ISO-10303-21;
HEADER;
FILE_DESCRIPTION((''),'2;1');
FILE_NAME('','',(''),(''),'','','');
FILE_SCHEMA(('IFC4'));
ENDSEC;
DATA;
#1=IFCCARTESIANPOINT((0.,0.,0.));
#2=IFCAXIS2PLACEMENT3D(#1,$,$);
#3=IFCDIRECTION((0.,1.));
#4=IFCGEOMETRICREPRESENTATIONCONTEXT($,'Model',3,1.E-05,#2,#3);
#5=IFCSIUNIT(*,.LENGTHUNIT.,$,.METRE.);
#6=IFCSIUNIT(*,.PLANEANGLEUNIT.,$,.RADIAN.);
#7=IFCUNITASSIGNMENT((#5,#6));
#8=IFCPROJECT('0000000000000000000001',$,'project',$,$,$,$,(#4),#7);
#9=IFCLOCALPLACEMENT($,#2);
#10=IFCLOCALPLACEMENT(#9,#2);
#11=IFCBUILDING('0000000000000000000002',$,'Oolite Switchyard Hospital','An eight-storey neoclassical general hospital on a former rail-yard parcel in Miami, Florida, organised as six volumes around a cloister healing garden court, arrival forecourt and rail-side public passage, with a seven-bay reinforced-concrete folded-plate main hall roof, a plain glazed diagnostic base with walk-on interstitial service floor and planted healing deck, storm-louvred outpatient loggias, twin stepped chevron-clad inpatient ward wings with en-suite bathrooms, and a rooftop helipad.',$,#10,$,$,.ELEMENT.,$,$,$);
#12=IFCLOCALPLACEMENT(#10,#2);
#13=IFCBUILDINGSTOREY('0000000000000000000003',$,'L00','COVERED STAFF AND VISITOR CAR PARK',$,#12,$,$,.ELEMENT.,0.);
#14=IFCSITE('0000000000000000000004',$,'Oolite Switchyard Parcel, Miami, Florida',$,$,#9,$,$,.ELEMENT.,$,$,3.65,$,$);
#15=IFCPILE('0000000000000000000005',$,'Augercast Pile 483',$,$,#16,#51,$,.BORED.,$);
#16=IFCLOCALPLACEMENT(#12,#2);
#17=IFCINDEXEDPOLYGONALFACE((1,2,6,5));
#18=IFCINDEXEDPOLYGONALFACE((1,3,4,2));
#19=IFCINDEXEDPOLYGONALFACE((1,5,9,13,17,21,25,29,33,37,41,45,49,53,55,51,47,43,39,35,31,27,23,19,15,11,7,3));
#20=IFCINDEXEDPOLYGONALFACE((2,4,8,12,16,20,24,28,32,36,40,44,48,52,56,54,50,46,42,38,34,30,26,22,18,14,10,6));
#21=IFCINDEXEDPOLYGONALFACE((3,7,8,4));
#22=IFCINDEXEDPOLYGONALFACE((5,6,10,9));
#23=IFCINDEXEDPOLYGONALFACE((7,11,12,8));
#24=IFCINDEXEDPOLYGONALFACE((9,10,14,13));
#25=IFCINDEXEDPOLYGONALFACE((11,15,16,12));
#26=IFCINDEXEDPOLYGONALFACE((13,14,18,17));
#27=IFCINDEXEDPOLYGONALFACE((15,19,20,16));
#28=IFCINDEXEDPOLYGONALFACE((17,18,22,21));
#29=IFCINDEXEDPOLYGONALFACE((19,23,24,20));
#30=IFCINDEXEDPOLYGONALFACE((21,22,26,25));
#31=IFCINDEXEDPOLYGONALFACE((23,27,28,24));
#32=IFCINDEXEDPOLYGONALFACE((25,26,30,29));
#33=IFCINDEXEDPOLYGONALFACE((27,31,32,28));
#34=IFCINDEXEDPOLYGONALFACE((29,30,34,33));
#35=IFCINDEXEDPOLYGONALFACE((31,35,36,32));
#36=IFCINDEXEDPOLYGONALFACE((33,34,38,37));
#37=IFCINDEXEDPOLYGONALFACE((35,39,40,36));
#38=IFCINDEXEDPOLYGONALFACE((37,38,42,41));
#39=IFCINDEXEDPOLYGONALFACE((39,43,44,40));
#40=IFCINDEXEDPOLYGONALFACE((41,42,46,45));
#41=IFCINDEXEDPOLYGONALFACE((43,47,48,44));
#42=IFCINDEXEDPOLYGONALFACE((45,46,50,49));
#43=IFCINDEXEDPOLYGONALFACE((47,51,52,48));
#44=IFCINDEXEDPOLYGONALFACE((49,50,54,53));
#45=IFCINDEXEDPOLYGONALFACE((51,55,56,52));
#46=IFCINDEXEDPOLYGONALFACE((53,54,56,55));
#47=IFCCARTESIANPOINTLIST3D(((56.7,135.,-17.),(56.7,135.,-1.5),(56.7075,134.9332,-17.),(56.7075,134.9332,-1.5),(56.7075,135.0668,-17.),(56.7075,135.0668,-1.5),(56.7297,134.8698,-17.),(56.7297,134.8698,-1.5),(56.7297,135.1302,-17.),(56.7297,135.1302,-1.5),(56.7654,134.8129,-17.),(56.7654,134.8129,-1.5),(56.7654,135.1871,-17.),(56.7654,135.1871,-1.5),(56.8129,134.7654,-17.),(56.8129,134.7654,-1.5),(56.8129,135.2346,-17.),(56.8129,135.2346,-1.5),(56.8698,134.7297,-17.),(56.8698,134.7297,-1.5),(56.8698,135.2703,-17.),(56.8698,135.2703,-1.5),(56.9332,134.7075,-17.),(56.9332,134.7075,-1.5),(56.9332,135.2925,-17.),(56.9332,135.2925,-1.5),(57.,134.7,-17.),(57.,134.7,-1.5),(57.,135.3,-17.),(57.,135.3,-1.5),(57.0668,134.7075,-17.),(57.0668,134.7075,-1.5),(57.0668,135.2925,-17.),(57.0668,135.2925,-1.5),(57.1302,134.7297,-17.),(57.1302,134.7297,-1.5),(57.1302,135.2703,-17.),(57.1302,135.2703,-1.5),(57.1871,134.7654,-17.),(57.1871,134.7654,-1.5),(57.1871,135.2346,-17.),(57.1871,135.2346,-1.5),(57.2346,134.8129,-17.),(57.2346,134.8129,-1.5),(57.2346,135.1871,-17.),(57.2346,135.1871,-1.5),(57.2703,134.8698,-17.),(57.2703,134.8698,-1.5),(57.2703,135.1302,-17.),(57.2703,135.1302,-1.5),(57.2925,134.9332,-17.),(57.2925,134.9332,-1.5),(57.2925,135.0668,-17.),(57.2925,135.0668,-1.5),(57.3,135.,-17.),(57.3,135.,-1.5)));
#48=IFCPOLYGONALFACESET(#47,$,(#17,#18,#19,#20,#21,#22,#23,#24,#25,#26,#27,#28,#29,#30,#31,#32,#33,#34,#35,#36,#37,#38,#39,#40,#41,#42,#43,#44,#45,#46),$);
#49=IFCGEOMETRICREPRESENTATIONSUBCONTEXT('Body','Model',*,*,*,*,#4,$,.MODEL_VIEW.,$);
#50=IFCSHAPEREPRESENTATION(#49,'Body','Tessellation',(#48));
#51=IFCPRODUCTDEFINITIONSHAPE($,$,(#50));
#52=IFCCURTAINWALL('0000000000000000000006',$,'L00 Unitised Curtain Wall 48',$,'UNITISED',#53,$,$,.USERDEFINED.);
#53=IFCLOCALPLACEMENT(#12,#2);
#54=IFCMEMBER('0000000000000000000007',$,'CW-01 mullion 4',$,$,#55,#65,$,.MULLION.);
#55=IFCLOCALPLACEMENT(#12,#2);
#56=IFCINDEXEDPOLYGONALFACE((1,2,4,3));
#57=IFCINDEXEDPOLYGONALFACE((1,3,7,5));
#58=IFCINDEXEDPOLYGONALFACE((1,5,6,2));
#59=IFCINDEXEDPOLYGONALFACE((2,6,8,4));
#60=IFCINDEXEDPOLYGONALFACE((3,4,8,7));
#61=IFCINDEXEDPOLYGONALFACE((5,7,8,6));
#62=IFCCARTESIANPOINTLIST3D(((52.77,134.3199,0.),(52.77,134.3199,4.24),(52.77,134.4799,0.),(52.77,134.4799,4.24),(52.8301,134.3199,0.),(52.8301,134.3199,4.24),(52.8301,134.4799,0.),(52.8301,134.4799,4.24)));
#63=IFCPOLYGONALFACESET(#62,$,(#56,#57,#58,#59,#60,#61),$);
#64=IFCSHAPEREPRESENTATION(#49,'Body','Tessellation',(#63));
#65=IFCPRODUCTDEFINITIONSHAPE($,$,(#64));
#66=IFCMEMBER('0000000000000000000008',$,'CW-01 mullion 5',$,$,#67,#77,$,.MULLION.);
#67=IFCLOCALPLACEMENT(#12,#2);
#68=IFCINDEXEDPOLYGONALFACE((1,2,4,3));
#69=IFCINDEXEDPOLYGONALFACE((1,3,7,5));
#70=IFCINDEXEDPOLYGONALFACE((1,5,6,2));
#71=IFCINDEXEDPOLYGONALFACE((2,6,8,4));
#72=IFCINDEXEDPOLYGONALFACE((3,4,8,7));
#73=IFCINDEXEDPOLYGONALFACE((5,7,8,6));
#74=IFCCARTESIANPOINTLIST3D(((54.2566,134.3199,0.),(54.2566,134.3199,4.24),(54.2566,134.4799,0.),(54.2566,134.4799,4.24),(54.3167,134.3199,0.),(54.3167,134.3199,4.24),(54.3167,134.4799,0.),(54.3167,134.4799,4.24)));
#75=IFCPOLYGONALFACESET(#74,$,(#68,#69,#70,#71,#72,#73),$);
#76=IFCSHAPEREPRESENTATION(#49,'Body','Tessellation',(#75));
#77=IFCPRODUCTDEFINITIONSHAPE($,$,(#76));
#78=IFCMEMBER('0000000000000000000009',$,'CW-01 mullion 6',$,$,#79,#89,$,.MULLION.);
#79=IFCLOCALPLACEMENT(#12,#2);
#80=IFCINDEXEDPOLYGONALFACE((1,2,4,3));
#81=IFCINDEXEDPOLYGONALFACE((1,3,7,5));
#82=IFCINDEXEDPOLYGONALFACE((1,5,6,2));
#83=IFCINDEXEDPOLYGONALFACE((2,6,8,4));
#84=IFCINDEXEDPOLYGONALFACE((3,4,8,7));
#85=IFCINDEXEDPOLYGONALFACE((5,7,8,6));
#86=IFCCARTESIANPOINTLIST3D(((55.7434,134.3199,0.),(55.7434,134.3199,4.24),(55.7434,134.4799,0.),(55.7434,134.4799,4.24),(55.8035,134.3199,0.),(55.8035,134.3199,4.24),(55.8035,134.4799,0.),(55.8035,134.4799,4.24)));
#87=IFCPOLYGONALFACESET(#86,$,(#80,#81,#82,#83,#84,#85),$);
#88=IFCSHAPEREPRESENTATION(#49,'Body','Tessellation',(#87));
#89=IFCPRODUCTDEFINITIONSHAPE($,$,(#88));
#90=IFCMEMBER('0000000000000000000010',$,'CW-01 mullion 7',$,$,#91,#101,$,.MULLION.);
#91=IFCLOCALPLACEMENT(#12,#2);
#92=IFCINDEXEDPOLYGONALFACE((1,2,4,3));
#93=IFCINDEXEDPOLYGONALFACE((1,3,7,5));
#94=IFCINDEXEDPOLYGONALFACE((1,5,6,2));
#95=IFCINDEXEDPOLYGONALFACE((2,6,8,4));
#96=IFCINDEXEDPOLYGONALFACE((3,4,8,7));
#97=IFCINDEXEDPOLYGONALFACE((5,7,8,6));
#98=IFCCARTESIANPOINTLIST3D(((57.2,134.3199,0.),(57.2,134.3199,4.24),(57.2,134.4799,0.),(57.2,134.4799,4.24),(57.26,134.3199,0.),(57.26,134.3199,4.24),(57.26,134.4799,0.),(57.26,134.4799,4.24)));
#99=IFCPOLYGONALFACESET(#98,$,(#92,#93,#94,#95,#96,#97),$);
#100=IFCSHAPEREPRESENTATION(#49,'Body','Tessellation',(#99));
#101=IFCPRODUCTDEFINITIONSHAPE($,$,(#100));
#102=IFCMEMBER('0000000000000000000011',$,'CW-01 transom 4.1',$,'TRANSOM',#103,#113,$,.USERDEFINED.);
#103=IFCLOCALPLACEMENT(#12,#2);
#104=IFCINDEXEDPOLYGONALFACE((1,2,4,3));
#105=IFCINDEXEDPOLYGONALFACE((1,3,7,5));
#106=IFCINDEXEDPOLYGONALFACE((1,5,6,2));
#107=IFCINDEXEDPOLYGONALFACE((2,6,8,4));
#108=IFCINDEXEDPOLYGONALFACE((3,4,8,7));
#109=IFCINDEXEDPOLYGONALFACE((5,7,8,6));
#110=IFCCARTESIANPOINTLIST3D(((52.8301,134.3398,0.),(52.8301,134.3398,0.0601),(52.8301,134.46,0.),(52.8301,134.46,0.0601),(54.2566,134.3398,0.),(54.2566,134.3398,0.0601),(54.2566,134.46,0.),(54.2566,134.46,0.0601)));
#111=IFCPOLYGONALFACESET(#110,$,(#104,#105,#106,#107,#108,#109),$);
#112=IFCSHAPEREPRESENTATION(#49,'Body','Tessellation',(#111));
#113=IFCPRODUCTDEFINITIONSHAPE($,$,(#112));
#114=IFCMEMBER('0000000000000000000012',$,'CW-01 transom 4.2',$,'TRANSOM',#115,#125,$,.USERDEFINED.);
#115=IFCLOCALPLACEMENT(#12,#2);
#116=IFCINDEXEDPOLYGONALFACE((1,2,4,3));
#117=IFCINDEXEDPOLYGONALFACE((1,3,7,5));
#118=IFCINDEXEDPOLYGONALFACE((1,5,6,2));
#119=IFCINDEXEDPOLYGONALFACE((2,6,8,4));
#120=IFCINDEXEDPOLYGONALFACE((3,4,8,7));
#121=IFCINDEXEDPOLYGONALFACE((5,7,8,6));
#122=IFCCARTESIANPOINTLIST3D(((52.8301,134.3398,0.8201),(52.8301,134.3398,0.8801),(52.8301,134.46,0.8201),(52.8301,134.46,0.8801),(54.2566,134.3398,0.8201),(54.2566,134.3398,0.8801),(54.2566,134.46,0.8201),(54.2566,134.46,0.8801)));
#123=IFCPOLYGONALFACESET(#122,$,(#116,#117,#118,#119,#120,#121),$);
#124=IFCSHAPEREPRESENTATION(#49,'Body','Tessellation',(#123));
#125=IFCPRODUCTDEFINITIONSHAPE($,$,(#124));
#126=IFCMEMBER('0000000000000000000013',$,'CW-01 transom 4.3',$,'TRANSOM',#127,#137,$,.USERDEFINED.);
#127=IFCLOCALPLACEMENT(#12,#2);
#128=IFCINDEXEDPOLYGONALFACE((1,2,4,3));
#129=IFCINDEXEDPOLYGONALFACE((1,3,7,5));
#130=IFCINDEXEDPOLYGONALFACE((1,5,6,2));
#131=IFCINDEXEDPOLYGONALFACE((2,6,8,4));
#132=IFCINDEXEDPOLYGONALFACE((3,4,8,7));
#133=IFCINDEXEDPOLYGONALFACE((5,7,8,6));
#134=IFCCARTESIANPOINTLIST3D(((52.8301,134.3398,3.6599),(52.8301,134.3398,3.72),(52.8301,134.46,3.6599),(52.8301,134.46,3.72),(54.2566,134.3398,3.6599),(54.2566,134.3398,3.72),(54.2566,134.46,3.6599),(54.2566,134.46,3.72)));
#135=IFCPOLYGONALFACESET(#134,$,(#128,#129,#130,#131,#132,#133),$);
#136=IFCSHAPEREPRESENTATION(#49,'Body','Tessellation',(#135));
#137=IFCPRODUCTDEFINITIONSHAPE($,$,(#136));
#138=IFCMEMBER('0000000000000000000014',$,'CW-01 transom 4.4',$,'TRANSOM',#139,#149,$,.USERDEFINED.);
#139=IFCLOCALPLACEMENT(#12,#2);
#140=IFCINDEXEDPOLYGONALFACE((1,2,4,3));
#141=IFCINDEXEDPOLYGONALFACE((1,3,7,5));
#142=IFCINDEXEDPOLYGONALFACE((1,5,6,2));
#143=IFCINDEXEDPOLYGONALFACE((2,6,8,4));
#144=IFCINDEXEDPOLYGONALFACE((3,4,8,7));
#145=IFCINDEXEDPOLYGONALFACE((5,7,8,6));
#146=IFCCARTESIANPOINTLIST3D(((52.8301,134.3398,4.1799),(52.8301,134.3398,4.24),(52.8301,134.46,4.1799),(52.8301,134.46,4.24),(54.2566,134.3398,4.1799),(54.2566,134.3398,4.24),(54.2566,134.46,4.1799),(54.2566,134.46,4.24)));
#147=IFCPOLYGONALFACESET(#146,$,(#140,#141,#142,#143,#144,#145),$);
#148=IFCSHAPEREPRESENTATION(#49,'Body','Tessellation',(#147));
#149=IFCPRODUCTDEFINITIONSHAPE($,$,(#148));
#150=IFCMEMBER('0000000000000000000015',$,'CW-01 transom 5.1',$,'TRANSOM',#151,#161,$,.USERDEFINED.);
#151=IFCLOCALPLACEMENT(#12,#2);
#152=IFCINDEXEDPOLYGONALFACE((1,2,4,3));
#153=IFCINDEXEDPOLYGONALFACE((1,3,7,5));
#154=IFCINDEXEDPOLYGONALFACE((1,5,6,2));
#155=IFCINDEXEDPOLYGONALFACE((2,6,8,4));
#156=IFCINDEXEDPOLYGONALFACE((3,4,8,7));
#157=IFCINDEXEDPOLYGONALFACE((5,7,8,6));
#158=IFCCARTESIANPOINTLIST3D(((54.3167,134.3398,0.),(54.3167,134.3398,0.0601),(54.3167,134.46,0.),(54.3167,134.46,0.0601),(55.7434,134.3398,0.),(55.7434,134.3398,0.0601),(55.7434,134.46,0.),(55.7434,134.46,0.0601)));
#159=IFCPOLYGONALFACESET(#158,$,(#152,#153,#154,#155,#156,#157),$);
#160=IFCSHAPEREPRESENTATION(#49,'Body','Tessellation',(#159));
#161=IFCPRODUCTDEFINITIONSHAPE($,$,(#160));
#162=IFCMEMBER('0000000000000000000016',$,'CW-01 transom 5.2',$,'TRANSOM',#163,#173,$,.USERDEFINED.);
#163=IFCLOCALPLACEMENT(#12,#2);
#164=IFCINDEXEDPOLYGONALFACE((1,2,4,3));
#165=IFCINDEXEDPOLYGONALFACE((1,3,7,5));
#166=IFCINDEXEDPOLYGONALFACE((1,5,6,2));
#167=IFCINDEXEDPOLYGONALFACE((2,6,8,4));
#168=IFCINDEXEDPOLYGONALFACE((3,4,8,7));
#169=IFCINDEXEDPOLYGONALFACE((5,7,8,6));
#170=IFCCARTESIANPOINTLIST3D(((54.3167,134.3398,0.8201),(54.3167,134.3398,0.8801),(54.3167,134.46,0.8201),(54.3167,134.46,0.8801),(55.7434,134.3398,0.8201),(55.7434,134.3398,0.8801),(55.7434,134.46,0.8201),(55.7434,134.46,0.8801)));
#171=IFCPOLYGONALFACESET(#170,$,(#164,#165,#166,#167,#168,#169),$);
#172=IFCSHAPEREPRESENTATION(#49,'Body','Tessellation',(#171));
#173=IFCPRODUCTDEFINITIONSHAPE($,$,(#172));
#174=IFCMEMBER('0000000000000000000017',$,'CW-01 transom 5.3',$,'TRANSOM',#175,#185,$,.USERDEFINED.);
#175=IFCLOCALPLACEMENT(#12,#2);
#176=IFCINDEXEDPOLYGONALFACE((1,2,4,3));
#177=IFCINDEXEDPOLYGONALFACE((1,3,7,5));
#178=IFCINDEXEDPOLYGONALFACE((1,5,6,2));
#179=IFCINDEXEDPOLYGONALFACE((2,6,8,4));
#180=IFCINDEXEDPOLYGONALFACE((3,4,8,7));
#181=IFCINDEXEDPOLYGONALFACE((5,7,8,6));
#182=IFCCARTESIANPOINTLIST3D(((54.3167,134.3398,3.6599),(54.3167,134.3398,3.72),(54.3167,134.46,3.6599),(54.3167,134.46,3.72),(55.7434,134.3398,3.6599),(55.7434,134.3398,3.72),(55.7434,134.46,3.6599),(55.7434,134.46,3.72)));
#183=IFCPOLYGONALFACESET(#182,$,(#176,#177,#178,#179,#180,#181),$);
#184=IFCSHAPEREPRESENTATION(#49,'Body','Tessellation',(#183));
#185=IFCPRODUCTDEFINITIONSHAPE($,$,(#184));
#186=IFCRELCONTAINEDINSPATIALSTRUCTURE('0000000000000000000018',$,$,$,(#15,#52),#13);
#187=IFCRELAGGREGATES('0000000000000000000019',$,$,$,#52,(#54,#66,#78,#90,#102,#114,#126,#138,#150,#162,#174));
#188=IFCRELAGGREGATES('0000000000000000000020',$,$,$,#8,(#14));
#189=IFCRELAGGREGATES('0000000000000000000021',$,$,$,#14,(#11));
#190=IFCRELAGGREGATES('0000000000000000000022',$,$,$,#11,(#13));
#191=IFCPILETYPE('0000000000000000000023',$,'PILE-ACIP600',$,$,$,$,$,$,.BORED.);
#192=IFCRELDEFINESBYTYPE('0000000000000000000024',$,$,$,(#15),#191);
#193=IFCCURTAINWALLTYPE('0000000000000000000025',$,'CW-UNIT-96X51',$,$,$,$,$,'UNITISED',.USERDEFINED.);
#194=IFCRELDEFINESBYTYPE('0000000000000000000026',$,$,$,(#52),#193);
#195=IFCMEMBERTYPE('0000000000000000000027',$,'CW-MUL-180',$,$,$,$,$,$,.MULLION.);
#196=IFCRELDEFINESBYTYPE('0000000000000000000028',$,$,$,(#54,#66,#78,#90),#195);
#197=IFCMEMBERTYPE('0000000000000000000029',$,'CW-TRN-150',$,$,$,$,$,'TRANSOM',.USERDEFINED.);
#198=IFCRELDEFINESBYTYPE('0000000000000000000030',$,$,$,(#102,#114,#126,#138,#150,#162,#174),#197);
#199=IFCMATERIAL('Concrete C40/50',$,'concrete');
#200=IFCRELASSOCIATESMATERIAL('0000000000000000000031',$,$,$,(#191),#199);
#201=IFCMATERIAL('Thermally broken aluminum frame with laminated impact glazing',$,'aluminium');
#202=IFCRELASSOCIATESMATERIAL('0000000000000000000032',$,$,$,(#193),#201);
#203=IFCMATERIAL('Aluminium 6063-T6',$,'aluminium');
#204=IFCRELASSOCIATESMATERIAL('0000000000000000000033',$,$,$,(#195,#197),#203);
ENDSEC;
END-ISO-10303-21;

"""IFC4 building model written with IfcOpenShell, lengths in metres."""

from ifc_helpers import new_model, si_unit, direction, frame, origin, origin_2d, place, context, subcontext, project, spatial, rectangle, circle, extrude, material, material_profile, profile_set, type_object, element, aggregate, save


model = new_model("IFC4")

# Units and contexts
model_context = context("Model", 3, precision=1e-05, world=origin(), true_north=direction((0.0, 1.0)))
body_context = subcontext(model_context, "Body", "Model", "MODEL_VIEW")
ifc_project = project(units=[si_unit("LENGTHUNIT", "METRE"), si_unit("PLANEANGLEUNIT", "RADIAN")], contexts=[model_context])

# Site, building, storey
site_placement = place(None, origin())
site = spatial("IfcSite", under=ifc_project, at=site_placement, Name="Oolite Switchyard Parcel, Miami, Florida", CompositionType="ELEMENT", RefElevation=3.65)
building_placement = place(site_placement, origin())
building = spatial("IfcBuilding", under=site, at=building_placement, Name="Oolite Switchyard Hospital", Description="An eight-storey neoclassical general hospital on a former rail-yard parcel in Miami, Florida, organised as six volumes around a cloister healing garden court, arrival forecourt and rail-side public passage, with a seven-bay reinforced-concrete folded-plate main hall roof, a plain glazed diagnostic base with walk-on interstitial service floor and planted healing deck, storm-louvred outpatient loggias, twin stepped chevron-clad inpatient ward wings with en-suite bathrooms, and a rooftop helipad.", CompositionType="ELEMENT")
storey_placement = place(building_placement, origin())
storey = spatial("IfcBuildingStorey", under=building, at=storey_placement, Name="L00", Description="COVERED STAFF AND VISITOR CAR PARK", CompositionType="ELEMENT", Elevation=0.0)

# Pile
ifc_material_1 = material(Name="Concrete C40/50", Category="concrete")
ifc_material_profile_1 = material_profile(ifc_material_1, circle(Radius=0.3, at=origin_2d()), Name="PILE600")
ifc_profile_set_1 = profile_set([ifc_material_profile_1], Name="Concrete C40/50")
pile_type = type_object("IfcPileType", Name="PILE-ACIP600", PredefinedType="BORED", material=ifc_profile_set_1)
pile_placement = place(storey_placement, frame((57.0, 135.0, -1.5), z_axis=(0.0, 0.0, -1.0), x_axis=(1.0, 0.0, 0.0)))
element("IfcPile", 1, at=pile_placement, inside=storey, type_object=pile_type, Name="Augercast Pile 483", PredefinedType="BORED", context=body_context, shape_type="SweptSolid", body=[
    extrude(circle(Radius=0.3, at=origin_2d()), origin(), (0.0, 0.0, 1.0), 15.5),
])

# Curtain wall, members
ifc_material_2 = material(Name="Thermally broken aluminum frame with laminated impact glazing", Category="aluminium")
curtain_wall_type = type_object("IfcCurtainWallType", Name="CW-UNIT-96X51", ElementType="UNITISED", PredefinedType="USERDEFINED", material=ifc_material_2)
curtain_wall_placement = place(storey_placement, origin())
curtain_wall = element("IfcCurtainWall", 2, at=curtain_wall_placement, inside=storey, type_object=curtain_wall_type, Name="L00 Unitised Curtain Wall 48", ObjectType="UNITISED", PredefinedType="USERDEFINED")
ifc_material_3 = material(Name="Aluminium 6063-T6", Category="aluminium")
ifc_material_profile_2 = material_profile(ifc_material_3, rectangle(XDim=0.1599, YDim=0.0601, at=origin_2d()), Name="CWM60X160")
ifc_profile_set_2 = profile_set([ifc_material_profile_2], Name="Aluminium 6063-T6")
member_type_1 = type_object("IfcMemberType", Name="CW-MUL-180", PredefinedType="MULLION", material=ifc_profile_set_2)
member_1_placement = place(storey_placement, frame((52.8, 134.3999, 0.0), z_axis=(0.0, 0.0, 1.0), x_axis=(0.0, 1.0, 0.0)))
member_1 = element("IfcMember", 3, at=member_1_placement, type_object=member_type_1, Name="CW-01 mullion 4", PredefinedType="MULLION", context=body_context, shape_type="SweptSolid", body=[
    extrude(rectangle(XDim=0.1599, YDim=0.0601, at=origin_2d()), origin(), (0.0, 0.0, 1.0), 4.24),
])
member_2_placement = place(storey_placement, frame((54.2866, 134.3999, 0.0), z_axis=(0.0, 0.0, 1.0), x_axis=(0.0, 1.0, 0.0)))
member_2 = element("IfcMember", 4, at=member_2_placement, type_object=member_type_1, Name="CW-01 mullion 5", PredefinedType="MULLION", context=body_context, shape_type="SweptSolid", body=[
    extrude(rectangle(XDim=0.1599, YDim=0.0601, at=origin_2d()), origin(), (0.0, 0.0, 1.0), 4.24),
])
member_3_placement = place(storey_placement, frame((55.7734, 134.3999, 0.0), z_axis=(0.0, 0.0, 1.0), x_axis=(0.0, 1.0, 0.0)))
member_3 = element("IfcMember", 5, at=member_3_placement, type_object=member_type_1, Name="CW-01 mullion 6", PredefinedType="MULLION", context=body_context, shape_type="SweptSolid", body=[
    extrude(rectangle(XDim=0.1599, YDim=0.0601, at=origin_2d()), origin(), (0.0, 0.0, 1.0), 4.24),
])
member_4_placement = place(storey_placement, frame((57.23, 134.3999, 0.0), z_axis=(0.0, 0.0, 1.0), x_axis=(0.0, 1.0, 0.0)))
member_4 = element("IfcMember", 6, at=member_4_placement, type_object=member_type_1, Name="CW-01 mullion 7", PredefinedType="MULLION", context=body_context, shape_type="SweptSolid", body=[
    extrude(rectangle(XDim=0.1599, YDim=0.0601, at=origin_2d()), origin(), (0.0, 0.0, 1.0), 4.24),
])
ifc_material_profile_3 = material_profile(ifc_material_3, rectangle(XDim=0.1201, YDim=0.0601, at=origin_2d()), Name="CWT60X120")
ifc_profile_set_3 = profile_set([ifc_material_profile_3], Name="Aluminium 6063-T6")
member_type_2 = type_object("IfcMemberType", Name="CW-TRN-150", ElementType="TRANSOM", PredefinedType="USERDEFINED", material=ifc_profile_set_3)
member_5_placement = place(storey_placement, frame((52.8301, 134.3999, 0.03), z_axis=(1.0, 0.0, 0.0), x_axis=(0.0, 1.0, 0.0)))
member_5 = element("IfcMember", 7, at=member_5_placement, type_object=member_type_2, Name="CW-01 transom 4.1", ObjectType="TRANSOM", PredefinedType="USERDEFINED", context=body_context, shape_type="SweptSolid", body=[
    extrude(rectangle(XDim=0.1201, YDim=0.0601, at=origin_2d()), origin(), (0.0, 0.0, 1.0), 1.4265),
])
member_6_placement = place(storey_placement, frame((52.8301, 134.3999, 0.8501), z_axis=(1.0, 0.0, 0.0), x_axis=(0.0, 1.0, 0.0)))
member_6 = element("IfcMember", 8, at=member_6_placement, type_object=member_type_2, Name="CW-01 transom 4.2", ObjectType="TRANSOM", PredefinedType="USERDEFINED", context=body_context, shape_type="SweptSolid", body=[
    extrude(rectangle(XDim=0.1201, YDim=0.0601, at=origin_2d()), origin(), (0.0, 0.0, 1.0), 1.4265),
])
member_7_placement = place(storey_placement, frame((52.8301, 134.3999, 3.6899), z_axis=(1.0, 0.0, 0.0), x_axis=(0.0, 1.0, 0.0)))
member_7 = element("IfcMember", 9, at=member_7_placement, type_object=member_type_2, Name="CW-01 transom 4.3", ObjectType="TRANSOM", PredefinedType="USERDEFINED", context=body_context, shape_type="SweptSolid", body=[
    extrude(rectangle(XDim=0.1201, YDim=0.0601, at=origin_2d()), origin(), (0.0, 0.0, 1.0), 1.4265),
])
member_8_placement = place(storey_placement, frame((52.8301, 134.3999, 4.21), z_axis=(1.0, 0.0, 0.0), x_axis=(0.0, 1.0, 0.0)))
member_8 = element("IfcMember", 10, at=member_8_placement, type_object=member_type_2, Name="CW-01 transom 4.4", ObjectType="TRANSOM", PredefinedType="USERDEFINED", context=body_context, shape_type="SweptSolid", body=[
    extrude(rectangle(XDim=0.1201, YDim=0.0601, at=origin_2d()), origin(), (0.0, 0.0, 1.0), 1.4265),
])
member_9_placement = place(storey_placement, frame((54.3167, 134.3999, 0.03), z_axis=(1.0, 0.0, 0.0), x_axis=(0.0, 1.0, 0.0)))
member_9 = element("IfcMember", 11, at=member_9_placement, type_object=member_type_2, Name="CW-01 transom 5.1", ObjectType="TRANSOM", PredefinedType="USERDEFINED", context=body_context, shape_type="SweptSolid", body=[
    extrude(rectangle(XDim=0.1201, YDim=0.0601, at=origin_2d()), origin(), (0.0, 0.0, 1.0), 1.4268),
])
member_10_placement = place(storey_placement, frame((54.3167, 134.3999, 0.8501), z_axis=(1.0, 0.0, 0.0), x_axis=(0.0, 1.0, 0.0)))
member_10 = element("IfcMember", 12, at=member_10_placement, type_object=member_type_2, Name="CW-01 transom 5.2", ObjectType="TRANSOM", PredefinedType="USERDEFINED", context=body_context, shape_type="SweptSolid", body=[
    extrude(rectangle(XDim=0.1201, YDim=0.0601, at=origin_2d()), origin(), (0.0, 0.0, 1.0), 1.4268),
])
member_11_placement = place(storey_placement, frame((54.3167, 134.3999, 3.6899), z_axis=(1.0, 0.0, 0.0), x_axis=(0.0, 1.0, 0.0)))
member_11 = element("IfcMember", 13, at=member_11_placement, type_object=member_type_2, Name="CW-01 transom 5.3", ObjectType="TRANSOM", PredefinedType="USERDEFINED", context=body_context, shape_type="SweptSolid", body=[
    extrude(rectangle(XDim=0.1201, YDim=0.0601, at=origin_2d()), origin(), (0.0, 0.0, 1.0), 1.4268),
])
aggregate(curtain_wall, [member_1, member_2, member_3, member_4, member_5, member_6, member_7, member_8, member_9, member_10, member_11])

save(model, "model.ifc")
